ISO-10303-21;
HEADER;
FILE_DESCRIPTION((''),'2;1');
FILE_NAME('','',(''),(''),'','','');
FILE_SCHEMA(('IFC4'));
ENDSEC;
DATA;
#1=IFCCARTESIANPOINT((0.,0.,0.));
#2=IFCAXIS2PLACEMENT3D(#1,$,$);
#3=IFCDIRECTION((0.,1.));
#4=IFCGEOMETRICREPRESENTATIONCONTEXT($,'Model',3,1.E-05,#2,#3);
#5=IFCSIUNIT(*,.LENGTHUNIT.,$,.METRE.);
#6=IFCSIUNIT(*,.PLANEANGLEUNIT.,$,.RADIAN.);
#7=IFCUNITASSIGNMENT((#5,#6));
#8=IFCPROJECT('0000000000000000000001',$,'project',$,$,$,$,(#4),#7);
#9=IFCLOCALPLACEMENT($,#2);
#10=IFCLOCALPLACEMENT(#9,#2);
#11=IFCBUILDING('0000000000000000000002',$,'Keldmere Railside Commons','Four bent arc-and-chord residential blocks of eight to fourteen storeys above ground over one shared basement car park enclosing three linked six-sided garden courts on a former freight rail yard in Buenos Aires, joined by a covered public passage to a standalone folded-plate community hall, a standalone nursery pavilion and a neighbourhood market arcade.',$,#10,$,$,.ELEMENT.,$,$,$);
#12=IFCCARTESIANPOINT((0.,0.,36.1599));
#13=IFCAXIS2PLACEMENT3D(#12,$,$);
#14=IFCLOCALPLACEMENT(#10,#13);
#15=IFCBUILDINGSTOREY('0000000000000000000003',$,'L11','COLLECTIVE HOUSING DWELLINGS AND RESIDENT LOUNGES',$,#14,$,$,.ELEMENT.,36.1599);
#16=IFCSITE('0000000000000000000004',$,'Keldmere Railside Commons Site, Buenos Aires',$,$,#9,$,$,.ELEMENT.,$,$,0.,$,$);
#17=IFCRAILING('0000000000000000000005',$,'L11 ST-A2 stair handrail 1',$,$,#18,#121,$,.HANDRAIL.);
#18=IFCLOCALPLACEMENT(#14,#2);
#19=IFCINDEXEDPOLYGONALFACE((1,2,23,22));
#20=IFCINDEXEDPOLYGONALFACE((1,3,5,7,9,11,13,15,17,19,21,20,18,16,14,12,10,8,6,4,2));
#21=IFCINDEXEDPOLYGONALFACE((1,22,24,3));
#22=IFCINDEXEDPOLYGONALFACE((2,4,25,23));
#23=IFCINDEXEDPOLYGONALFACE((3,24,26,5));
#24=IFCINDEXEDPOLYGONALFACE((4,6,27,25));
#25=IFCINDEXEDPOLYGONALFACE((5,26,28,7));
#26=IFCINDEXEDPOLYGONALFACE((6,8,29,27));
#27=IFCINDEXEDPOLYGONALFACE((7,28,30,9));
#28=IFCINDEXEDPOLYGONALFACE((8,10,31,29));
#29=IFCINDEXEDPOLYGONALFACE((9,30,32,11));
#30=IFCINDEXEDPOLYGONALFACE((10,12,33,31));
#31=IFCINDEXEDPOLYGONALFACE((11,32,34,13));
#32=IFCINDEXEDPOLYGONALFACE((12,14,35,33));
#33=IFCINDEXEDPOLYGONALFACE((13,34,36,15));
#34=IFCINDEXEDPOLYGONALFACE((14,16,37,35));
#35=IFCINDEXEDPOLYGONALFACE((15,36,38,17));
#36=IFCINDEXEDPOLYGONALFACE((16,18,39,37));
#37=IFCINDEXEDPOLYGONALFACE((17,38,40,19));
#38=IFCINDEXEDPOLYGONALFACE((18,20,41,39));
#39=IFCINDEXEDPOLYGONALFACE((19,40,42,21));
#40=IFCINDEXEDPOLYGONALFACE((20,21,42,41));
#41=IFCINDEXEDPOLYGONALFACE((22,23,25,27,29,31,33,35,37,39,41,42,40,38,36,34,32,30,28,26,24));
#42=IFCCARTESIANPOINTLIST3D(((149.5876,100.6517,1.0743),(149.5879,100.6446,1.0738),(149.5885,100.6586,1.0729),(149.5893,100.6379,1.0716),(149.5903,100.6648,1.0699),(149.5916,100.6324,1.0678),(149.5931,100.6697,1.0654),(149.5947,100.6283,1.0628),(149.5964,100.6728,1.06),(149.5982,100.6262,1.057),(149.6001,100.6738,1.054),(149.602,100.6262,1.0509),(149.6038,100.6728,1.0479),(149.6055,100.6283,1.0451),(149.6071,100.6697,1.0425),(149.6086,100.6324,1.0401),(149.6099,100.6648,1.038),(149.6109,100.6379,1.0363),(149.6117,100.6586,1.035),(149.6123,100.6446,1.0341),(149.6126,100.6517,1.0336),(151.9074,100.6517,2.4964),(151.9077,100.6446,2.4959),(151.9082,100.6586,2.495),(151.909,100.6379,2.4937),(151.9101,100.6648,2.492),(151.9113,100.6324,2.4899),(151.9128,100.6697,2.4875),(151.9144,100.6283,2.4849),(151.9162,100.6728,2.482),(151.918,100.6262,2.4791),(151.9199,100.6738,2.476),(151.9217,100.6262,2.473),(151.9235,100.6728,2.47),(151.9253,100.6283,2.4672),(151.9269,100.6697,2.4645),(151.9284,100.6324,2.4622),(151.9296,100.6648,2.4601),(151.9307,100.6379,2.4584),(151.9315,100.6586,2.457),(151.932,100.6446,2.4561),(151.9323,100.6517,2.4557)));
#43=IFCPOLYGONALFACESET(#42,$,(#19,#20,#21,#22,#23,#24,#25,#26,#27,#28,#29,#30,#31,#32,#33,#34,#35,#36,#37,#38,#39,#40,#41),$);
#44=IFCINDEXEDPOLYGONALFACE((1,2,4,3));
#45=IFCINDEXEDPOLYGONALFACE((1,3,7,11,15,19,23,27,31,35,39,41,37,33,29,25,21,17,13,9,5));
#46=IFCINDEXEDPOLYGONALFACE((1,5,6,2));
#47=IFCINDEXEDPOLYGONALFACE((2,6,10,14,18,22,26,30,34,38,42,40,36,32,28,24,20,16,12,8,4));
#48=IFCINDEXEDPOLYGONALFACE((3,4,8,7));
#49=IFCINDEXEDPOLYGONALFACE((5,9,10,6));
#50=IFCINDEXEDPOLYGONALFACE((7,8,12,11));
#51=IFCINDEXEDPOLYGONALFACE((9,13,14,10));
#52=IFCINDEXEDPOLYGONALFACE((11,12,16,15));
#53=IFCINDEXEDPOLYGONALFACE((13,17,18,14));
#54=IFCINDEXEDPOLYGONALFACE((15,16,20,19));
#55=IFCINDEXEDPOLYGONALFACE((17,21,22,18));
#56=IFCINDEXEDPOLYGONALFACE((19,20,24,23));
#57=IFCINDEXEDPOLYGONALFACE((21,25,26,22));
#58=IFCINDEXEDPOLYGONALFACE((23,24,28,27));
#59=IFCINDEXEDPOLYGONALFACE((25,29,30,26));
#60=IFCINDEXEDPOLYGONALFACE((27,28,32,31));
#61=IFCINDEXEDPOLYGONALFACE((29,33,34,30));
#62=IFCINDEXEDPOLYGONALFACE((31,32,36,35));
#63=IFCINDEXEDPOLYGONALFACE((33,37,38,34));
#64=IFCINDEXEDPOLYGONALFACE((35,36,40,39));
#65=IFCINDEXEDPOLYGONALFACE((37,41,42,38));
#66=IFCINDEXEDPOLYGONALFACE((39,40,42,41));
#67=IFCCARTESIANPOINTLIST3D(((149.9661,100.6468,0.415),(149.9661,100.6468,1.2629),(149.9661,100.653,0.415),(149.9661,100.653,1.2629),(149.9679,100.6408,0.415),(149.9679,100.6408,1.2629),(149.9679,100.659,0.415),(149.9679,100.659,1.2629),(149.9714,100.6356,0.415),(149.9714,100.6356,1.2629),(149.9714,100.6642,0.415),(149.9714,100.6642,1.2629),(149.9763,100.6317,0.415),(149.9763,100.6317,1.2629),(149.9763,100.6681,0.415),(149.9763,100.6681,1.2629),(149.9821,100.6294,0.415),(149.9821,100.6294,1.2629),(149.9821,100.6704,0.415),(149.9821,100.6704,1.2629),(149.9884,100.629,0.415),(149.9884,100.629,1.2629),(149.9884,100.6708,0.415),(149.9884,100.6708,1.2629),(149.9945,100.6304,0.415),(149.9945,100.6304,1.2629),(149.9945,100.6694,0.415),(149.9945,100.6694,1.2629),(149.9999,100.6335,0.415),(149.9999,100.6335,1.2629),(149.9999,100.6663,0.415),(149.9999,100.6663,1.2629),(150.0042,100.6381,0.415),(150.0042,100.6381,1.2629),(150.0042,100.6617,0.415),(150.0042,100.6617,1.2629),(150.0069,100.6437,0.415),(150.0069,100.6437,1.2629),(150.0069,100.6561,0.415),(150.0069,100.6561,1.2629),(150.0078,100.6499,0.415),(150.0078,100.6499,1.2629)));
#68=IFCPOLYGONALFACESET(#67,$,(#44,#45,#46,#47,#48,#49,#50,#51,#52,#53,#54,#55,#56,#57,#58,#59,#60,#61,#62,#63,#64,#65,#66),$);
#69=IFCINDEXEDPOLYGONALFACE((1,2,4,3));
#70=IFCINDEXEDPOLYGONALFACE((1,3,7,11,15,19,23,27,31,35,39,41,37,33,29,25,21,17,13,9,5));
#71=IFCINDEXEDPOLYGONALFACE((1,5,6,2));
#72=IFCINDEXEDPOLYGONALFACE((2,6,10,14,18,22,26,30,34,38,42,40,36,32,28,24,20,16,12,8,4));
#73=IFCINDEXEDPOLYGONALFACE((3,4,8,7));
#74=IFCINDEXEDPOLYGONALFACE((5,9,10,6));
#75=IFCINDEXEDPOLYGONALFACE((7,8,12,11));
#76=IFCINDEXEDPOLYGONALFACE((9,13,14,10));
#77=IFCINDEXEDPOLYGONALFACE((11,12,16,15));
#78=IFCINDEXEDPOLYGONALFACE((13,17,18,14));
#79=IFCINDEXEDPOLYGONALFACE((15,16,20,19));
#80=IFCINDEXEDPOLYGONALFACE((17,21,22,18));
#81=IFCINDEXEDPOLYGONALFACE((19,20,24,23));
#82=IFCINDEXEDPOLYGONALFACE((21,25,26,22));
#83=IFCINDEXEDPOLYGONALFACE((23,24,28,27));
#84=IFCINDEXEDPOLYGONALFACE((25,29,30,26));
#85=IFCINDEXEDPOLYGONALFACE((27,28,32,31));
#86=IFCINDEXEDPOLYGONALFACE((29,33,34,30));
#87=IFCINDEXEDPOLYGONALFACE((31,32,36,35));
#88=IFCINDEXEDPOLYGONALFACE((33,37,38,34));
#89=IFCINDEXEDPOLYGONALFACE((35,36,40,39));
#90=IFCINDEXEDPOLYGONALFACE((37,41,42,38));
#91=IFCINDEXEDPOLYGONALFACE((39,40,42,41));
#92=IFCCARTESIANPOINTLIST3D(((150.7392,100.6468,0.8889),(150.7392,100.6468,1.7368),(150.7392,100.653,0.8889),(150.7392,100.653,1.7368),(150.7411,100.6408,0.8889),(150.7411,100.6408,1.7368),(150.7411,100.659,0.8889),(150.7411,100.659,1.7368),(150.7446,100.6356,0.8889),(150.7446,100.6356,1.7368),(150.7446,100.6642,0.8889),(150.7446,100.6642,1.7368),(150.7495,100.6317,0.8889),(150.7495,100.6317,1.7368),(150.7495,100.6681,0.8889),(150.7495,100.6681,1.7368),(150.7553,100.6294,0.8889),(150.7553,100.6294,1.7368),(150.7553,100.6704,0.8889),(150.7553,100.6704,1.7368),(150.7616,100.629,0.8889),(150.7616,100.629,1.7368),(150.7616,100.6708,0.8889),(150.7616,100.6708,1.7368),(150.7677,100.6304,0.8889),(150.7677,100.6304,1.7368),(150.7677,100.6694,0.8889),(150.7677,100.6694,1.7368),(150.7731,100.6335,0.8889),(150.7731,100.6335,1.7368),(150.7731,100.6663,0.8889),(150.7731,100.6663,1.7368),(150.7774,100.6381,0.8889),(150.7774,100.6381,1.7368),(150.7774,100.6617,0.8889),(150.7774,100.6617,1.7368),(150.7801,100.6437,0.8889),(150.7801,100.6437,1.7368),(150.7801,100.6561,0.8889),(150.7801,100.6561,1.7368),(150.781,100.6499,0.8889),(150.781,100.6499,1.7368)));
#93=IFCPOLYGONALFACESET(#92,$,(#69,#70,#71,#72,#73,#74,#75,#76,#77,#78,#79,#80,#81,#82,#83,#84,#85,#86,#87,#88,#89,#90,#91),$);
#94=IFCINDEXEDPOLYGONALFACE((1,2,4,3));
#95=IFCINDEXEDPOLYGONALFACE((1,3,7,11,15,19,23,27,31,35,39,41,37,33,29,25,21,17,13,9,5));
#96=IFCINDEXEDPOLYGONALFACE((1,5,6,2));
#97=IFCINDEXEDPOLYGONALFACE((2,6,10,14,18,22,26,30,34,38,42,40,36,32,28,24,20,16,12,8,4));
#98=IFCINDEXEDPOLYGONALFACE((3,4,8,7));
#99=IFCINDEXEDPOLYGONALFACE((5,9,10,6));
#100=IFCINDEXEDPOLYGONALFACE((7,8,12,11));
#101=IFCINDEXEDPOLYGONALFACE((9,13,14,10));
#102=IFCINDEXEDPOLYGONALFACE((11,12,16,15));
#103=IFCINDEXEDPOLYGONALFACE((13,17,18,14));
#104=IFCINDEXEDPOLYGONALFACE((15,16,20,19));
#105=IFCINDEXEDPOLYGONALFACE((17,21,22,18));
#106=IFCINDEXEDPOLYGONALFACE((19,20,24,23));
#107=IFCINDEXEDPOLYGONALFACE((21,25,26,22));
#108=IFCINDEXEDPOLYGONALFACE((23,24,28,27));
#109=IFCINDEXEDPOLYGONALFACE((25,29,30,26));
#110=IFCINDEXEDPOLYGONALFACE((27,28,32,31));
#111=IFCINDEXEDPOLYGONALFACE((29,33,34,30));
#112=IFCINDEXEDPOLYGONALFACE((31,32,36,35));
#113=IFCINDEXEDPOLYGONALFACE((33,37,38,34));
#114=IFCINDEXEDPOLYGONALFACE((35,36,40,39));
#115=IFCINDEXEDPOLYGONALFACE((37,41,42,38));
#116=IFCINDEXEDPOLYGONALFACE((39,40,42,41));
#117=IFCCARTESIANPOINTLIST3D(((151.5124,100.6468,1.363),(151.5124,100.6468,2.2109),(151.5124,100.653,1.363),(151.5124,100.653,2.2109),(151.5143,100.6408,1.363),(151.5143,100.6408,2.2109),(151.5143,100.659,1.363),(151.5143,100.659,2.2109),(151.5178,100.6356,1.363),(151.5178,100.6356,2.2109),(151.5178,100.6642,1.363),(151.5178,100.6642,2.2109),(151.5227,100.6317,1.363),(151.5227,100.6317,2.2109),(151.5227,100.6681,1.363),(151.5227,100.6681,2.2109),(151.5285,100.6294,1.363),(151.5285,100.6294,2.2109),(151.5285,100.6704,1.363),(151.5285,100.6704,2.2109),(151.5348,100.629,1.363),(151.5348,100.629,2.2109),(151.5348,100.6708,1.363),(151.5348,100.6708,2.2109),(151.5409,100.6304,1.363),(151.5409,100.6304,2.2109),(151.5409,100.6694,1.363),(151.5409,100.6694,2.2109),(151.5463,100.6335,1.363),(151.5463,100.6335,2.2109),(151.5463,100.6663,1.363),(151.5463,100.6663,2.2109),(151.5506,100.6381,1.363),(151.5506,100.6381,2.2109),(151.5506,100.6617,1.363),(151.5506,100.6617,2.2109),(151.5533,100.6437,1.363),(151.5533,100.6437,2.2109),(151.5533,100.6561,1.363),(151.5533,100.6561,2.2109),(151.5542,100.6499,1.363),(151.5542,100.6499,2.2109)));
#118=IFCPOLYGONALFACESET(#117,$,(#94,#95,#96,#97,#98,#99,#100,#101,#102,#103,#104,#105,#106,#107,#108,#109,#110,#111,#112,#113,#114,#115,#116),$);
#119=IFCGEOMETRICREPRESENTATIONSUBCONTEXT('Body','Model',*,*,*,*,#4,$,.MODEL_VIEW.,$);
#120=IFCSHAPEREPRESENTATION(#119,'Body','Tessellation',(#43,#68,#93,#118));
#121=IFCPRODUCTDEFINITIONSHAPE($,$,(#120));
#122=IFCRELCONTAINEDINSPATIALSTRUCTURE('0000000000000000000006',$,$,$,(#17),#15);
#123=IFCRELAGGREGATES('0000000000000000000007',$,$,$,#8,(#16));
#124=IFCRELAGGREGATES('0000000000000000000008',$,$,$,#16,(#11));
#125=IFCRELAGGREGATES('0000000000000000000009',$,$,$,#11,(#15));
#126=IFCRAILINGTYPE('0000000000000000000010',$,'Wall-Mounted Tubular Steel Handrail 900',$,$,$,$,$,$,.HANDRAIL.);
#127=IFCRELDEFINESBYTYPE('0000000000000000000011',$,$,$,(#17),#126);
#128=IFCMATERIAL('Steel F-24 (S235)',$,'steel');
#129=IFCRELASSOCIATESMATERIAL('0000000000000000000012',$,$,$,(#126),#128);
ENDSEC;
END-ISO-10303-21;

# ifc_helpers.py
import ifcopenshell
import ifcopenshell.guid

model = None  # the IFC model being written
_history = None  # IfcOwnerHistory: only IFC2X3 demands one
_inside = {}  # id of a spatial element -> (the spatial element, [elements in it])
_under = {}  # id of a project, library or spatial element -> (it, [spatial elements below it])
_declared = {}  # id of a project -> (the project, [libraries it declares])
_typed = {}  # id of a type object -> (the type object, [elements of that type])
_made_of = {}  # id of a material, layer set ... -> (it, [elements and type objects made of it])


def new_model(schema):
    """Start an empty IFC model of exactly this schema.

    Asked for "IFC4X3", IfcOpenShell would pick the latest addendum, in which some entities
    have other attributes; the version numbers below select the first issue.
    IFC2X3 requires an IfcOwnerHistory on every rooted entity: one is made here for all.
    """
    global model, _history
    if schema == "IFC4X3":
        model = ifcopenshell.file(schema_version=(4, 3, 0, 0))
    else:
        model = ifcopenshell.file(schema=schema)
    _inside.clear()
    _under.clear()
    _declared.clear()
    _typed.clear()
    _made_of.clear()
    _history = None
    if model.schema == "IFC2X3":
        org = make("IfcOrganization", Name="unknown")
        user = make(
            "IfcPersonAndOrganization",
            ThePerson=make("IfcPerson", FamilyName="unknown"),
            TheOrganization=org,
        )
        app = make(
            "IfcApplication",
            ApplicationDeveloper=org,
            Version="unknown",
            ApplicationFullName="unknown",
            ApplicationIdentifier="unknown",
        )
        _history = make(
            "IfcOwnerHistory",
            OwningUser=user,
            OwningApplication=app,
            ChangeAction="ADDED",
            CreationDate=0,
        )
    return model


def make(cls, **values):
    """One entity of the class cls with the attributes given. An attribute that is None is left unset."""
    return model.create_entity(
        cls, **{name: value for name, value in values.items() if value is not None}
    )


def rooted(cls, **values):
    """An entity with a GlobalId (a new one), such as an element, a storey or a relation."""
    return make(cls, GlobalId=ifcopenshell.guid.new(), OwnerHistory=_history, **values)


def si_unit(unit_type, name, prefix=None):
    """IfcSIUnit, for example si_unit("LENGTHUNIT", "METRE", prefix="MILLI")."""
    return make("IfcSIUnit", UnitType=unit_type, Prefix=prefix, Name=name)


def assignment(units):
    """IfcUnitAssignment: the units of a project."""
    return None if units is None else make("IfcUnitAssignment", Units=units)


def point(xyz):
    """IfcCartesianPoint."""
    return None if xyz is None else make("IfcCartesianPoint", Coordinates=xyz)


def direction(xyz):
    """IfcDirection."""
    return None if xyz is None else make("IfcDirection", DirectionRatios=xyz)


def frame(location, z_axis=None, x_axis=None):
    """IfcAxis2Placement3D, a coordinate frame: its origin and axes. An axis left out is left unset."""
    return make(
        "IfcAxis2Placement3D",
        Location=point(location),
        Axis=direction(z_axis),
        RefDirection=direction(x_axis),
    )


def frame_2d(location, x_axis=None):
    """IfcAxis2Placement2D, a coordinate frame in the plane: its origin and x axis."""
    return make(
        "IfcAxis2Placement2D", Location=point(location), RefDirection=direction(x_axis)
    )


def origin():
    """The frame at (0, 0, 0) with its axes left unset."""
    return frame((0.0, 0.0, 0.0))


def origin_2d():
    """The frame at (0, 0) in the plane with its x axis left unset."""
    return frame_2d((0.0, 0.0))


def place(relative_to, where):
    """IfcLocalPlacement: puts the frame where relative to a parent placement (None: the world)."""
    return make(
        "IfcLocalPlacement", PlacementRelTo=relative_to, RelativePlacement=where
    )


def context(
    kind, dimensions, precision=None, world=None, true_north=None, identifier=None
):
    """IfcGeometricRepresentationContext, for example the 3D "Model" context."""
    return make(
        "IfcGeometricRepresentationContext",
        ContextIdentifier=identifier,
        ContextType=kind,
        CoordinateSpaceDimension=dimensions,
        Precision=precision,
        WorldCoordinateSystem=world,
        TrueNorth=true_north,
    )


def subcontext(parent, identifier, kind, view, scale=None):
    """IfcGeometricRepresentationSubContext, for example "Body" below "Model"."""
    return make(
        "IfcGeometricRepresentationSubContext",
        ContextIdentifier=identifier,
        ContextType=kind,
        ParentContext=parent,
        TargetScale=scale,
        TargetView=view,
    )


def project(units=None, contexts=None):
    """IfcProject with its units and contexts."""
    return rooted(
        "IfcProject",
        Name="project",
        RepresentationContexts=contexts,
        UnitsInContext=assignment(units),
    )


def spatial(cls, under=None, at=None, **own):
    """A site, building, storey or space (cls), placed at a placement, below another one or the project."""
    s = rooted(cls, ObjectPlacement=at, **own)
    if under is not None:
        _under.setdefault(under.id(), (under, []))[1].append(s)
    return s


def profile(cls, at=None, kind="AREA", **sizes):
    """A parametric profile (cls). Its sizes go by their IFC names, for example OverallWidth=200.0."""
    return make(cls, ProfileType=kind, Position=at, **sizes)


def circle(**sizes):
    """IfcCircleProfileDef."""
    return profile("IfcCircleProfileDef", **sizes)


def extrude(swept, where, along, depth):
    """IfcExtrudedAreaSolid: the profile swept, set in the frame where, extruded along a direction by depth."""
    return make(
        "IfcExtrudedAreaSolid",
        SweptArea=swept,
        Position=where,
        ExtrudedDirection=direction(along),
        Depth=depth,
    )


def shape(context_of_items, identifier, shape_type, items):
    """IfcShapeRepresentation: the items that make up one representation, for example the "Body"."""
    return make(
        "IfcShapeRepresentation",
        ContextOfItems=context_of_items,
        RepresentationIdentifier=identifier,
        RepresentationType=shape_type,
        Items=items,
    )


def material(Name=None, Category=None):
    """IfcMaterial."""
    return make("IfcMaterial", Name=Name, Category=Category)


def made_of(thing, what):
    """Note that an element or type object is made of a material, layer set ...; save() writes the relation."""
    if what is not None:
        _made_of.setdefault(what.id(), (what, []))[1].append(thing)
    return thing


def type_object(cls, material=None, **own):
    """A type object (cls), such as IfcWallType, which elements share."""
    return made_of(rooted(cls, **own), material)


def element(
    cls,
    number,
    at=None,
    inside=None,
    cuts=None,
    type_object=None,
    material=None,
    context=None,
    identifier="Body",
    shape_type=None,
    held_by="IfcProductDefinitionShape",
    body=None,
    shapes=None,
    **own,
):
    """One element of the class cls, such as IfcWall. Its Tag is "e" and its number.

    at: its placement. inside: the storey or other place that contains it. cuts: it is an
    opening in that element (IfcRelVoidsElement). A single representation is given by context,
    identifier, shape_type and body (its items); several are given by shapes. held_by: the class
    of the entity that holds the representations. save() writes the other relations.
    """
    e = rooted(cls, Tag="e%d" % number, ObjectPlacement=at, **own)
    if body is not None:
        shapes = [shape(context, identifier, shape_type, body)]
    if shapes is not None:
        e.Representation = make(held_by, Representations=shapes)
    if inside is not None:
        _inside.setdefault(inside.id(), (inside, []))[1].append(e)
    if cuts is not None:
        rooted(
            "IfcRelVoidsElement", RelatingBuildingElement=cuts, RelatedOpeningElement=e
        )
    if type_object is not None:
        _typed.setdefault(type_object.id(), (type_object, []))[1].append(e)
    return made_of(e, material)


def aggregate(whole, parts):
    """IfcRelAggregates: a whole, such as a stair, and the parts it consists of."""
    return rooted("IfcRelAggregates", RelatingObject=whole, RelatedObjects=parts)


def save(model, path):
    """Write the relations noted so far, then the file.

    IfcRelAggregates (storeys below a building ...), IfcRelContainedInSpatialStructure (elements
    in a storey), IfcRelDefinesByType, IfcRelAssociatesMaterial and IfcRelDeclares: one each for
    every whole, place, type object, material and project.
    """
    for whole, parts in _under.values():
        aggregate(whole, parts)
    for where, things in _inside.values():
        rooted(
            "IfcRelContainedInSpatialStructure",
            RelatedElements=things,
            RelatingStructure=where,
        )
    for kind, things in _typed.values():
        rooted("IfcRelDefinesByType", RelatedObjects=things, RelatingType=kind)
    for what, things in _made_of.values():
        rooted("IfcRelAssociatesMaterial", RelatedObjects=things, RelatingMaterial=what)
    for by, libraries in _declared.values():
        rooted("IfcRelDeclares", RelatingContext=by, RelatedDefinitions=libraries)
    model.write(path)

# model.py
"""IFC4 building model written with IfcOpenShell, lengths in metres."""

from ifc_helpers import new_model, si_unit, direction, frame, origin, origin_2d, place, context, subcontext, project, spatial, circle, extrude, material, type_object, element, save


model = new_model("IFC4")

# Units and contexts
model_context = context("Model", 3, precision=1e-05, world=origin(), true_north=direction((0.0, 1.0)))
body_context = subcontext(model_context, "Body", "Model", "MODEL_VIEW")
ifc_project = project(units=[si_unit("LENGTHUNIT", "METRE"), si_unit("PLANEANGLEUNIT", "RADIAN")], contexts=[model_context])

# Site, building, storey
site_placement = place(None, origin())
site = spatial("IfcSite", under=ifc_project, at=site_placement, Name="Keldmere Railside Commons Site, Buenos Aires", CompositionType="ELEMENT", RefElevation=0.0)
building_placement = place(site_placement, origin())
building = spatial("IfcBuilding", under=site, at=building_placement, Name="Keldmere Railside Commons", Description="Four bent arc-and-chord residential blocks of eight to fourteen storeys above ground over one shared basement car park enclosing three linked six-sided garden courts on a former freight rail yard in Buenos Aires, joined by a covered public passage to a standalone folded-plate community hall, a standalone nursery pavilion and a neighbourhood market arcade.", CompositionType="ELEMENT")
storey_placement = place(building_placement, frame((0.0, 0.0, 36.1599)))
storey = spatial("IfcBuildingStorey", under=building, at=storey_placement, Name="L11", Description="COLLECTIVE HOUSING DWELLINGS AND RESIDENT LOUNGES", CompositionType="ELEMENT", Elevation=36.1599)

# Railing
ifc_material_1 = material(Name="Steel F-24 (S235)", Category="steel")
railing_type_1 = type_object("IfcRailingType", Name="Wall-Mounted Tubular Steel Handrail 900", PredefinedType="HANDRAIL", material=ifc_material_1)
railing_1_placement = place(storey_placement, frame((149.6001, 100.6499, 0.178)))
element("IfcRailing", 1, at=railing_1_placement, inside=storey, type_object=railing_type_1, Name="L11 ST-A2 stair handrail 1", PredefinedType="HANDRAIL", context=body_context, shape_type="SweptSolid", body=[
    extrude(circle(Radius=0.0239, at=origin_2d()), frame((0.0, 0.0, 0.876), z_axis=(0.852554, 0.0, 0.52264), x_axis=(0.0, 1.0, 0.0)), (0.0, 0.0, 1.0), 2.7209),
    extrude(circle(Radius=0.021, at=origin_2d()), frame((0.3867, 0.0, 0.2371)), (0.0, 0.0, 1.0), 0.8479),
    extrude(circle(Radius=0.021, at=origin_2d()), frame((1.1599, 0.0, 0.7109)), (0.0, 0.0, 1.0), 0.8479),
    extrude(circle(Radius=0.021, at=origin_2d()), frame((1.9331, 0.0, 1.1851)), (0.0, 0.0, 1.0), 0.8479),
])

save(model, "model.ifc")
